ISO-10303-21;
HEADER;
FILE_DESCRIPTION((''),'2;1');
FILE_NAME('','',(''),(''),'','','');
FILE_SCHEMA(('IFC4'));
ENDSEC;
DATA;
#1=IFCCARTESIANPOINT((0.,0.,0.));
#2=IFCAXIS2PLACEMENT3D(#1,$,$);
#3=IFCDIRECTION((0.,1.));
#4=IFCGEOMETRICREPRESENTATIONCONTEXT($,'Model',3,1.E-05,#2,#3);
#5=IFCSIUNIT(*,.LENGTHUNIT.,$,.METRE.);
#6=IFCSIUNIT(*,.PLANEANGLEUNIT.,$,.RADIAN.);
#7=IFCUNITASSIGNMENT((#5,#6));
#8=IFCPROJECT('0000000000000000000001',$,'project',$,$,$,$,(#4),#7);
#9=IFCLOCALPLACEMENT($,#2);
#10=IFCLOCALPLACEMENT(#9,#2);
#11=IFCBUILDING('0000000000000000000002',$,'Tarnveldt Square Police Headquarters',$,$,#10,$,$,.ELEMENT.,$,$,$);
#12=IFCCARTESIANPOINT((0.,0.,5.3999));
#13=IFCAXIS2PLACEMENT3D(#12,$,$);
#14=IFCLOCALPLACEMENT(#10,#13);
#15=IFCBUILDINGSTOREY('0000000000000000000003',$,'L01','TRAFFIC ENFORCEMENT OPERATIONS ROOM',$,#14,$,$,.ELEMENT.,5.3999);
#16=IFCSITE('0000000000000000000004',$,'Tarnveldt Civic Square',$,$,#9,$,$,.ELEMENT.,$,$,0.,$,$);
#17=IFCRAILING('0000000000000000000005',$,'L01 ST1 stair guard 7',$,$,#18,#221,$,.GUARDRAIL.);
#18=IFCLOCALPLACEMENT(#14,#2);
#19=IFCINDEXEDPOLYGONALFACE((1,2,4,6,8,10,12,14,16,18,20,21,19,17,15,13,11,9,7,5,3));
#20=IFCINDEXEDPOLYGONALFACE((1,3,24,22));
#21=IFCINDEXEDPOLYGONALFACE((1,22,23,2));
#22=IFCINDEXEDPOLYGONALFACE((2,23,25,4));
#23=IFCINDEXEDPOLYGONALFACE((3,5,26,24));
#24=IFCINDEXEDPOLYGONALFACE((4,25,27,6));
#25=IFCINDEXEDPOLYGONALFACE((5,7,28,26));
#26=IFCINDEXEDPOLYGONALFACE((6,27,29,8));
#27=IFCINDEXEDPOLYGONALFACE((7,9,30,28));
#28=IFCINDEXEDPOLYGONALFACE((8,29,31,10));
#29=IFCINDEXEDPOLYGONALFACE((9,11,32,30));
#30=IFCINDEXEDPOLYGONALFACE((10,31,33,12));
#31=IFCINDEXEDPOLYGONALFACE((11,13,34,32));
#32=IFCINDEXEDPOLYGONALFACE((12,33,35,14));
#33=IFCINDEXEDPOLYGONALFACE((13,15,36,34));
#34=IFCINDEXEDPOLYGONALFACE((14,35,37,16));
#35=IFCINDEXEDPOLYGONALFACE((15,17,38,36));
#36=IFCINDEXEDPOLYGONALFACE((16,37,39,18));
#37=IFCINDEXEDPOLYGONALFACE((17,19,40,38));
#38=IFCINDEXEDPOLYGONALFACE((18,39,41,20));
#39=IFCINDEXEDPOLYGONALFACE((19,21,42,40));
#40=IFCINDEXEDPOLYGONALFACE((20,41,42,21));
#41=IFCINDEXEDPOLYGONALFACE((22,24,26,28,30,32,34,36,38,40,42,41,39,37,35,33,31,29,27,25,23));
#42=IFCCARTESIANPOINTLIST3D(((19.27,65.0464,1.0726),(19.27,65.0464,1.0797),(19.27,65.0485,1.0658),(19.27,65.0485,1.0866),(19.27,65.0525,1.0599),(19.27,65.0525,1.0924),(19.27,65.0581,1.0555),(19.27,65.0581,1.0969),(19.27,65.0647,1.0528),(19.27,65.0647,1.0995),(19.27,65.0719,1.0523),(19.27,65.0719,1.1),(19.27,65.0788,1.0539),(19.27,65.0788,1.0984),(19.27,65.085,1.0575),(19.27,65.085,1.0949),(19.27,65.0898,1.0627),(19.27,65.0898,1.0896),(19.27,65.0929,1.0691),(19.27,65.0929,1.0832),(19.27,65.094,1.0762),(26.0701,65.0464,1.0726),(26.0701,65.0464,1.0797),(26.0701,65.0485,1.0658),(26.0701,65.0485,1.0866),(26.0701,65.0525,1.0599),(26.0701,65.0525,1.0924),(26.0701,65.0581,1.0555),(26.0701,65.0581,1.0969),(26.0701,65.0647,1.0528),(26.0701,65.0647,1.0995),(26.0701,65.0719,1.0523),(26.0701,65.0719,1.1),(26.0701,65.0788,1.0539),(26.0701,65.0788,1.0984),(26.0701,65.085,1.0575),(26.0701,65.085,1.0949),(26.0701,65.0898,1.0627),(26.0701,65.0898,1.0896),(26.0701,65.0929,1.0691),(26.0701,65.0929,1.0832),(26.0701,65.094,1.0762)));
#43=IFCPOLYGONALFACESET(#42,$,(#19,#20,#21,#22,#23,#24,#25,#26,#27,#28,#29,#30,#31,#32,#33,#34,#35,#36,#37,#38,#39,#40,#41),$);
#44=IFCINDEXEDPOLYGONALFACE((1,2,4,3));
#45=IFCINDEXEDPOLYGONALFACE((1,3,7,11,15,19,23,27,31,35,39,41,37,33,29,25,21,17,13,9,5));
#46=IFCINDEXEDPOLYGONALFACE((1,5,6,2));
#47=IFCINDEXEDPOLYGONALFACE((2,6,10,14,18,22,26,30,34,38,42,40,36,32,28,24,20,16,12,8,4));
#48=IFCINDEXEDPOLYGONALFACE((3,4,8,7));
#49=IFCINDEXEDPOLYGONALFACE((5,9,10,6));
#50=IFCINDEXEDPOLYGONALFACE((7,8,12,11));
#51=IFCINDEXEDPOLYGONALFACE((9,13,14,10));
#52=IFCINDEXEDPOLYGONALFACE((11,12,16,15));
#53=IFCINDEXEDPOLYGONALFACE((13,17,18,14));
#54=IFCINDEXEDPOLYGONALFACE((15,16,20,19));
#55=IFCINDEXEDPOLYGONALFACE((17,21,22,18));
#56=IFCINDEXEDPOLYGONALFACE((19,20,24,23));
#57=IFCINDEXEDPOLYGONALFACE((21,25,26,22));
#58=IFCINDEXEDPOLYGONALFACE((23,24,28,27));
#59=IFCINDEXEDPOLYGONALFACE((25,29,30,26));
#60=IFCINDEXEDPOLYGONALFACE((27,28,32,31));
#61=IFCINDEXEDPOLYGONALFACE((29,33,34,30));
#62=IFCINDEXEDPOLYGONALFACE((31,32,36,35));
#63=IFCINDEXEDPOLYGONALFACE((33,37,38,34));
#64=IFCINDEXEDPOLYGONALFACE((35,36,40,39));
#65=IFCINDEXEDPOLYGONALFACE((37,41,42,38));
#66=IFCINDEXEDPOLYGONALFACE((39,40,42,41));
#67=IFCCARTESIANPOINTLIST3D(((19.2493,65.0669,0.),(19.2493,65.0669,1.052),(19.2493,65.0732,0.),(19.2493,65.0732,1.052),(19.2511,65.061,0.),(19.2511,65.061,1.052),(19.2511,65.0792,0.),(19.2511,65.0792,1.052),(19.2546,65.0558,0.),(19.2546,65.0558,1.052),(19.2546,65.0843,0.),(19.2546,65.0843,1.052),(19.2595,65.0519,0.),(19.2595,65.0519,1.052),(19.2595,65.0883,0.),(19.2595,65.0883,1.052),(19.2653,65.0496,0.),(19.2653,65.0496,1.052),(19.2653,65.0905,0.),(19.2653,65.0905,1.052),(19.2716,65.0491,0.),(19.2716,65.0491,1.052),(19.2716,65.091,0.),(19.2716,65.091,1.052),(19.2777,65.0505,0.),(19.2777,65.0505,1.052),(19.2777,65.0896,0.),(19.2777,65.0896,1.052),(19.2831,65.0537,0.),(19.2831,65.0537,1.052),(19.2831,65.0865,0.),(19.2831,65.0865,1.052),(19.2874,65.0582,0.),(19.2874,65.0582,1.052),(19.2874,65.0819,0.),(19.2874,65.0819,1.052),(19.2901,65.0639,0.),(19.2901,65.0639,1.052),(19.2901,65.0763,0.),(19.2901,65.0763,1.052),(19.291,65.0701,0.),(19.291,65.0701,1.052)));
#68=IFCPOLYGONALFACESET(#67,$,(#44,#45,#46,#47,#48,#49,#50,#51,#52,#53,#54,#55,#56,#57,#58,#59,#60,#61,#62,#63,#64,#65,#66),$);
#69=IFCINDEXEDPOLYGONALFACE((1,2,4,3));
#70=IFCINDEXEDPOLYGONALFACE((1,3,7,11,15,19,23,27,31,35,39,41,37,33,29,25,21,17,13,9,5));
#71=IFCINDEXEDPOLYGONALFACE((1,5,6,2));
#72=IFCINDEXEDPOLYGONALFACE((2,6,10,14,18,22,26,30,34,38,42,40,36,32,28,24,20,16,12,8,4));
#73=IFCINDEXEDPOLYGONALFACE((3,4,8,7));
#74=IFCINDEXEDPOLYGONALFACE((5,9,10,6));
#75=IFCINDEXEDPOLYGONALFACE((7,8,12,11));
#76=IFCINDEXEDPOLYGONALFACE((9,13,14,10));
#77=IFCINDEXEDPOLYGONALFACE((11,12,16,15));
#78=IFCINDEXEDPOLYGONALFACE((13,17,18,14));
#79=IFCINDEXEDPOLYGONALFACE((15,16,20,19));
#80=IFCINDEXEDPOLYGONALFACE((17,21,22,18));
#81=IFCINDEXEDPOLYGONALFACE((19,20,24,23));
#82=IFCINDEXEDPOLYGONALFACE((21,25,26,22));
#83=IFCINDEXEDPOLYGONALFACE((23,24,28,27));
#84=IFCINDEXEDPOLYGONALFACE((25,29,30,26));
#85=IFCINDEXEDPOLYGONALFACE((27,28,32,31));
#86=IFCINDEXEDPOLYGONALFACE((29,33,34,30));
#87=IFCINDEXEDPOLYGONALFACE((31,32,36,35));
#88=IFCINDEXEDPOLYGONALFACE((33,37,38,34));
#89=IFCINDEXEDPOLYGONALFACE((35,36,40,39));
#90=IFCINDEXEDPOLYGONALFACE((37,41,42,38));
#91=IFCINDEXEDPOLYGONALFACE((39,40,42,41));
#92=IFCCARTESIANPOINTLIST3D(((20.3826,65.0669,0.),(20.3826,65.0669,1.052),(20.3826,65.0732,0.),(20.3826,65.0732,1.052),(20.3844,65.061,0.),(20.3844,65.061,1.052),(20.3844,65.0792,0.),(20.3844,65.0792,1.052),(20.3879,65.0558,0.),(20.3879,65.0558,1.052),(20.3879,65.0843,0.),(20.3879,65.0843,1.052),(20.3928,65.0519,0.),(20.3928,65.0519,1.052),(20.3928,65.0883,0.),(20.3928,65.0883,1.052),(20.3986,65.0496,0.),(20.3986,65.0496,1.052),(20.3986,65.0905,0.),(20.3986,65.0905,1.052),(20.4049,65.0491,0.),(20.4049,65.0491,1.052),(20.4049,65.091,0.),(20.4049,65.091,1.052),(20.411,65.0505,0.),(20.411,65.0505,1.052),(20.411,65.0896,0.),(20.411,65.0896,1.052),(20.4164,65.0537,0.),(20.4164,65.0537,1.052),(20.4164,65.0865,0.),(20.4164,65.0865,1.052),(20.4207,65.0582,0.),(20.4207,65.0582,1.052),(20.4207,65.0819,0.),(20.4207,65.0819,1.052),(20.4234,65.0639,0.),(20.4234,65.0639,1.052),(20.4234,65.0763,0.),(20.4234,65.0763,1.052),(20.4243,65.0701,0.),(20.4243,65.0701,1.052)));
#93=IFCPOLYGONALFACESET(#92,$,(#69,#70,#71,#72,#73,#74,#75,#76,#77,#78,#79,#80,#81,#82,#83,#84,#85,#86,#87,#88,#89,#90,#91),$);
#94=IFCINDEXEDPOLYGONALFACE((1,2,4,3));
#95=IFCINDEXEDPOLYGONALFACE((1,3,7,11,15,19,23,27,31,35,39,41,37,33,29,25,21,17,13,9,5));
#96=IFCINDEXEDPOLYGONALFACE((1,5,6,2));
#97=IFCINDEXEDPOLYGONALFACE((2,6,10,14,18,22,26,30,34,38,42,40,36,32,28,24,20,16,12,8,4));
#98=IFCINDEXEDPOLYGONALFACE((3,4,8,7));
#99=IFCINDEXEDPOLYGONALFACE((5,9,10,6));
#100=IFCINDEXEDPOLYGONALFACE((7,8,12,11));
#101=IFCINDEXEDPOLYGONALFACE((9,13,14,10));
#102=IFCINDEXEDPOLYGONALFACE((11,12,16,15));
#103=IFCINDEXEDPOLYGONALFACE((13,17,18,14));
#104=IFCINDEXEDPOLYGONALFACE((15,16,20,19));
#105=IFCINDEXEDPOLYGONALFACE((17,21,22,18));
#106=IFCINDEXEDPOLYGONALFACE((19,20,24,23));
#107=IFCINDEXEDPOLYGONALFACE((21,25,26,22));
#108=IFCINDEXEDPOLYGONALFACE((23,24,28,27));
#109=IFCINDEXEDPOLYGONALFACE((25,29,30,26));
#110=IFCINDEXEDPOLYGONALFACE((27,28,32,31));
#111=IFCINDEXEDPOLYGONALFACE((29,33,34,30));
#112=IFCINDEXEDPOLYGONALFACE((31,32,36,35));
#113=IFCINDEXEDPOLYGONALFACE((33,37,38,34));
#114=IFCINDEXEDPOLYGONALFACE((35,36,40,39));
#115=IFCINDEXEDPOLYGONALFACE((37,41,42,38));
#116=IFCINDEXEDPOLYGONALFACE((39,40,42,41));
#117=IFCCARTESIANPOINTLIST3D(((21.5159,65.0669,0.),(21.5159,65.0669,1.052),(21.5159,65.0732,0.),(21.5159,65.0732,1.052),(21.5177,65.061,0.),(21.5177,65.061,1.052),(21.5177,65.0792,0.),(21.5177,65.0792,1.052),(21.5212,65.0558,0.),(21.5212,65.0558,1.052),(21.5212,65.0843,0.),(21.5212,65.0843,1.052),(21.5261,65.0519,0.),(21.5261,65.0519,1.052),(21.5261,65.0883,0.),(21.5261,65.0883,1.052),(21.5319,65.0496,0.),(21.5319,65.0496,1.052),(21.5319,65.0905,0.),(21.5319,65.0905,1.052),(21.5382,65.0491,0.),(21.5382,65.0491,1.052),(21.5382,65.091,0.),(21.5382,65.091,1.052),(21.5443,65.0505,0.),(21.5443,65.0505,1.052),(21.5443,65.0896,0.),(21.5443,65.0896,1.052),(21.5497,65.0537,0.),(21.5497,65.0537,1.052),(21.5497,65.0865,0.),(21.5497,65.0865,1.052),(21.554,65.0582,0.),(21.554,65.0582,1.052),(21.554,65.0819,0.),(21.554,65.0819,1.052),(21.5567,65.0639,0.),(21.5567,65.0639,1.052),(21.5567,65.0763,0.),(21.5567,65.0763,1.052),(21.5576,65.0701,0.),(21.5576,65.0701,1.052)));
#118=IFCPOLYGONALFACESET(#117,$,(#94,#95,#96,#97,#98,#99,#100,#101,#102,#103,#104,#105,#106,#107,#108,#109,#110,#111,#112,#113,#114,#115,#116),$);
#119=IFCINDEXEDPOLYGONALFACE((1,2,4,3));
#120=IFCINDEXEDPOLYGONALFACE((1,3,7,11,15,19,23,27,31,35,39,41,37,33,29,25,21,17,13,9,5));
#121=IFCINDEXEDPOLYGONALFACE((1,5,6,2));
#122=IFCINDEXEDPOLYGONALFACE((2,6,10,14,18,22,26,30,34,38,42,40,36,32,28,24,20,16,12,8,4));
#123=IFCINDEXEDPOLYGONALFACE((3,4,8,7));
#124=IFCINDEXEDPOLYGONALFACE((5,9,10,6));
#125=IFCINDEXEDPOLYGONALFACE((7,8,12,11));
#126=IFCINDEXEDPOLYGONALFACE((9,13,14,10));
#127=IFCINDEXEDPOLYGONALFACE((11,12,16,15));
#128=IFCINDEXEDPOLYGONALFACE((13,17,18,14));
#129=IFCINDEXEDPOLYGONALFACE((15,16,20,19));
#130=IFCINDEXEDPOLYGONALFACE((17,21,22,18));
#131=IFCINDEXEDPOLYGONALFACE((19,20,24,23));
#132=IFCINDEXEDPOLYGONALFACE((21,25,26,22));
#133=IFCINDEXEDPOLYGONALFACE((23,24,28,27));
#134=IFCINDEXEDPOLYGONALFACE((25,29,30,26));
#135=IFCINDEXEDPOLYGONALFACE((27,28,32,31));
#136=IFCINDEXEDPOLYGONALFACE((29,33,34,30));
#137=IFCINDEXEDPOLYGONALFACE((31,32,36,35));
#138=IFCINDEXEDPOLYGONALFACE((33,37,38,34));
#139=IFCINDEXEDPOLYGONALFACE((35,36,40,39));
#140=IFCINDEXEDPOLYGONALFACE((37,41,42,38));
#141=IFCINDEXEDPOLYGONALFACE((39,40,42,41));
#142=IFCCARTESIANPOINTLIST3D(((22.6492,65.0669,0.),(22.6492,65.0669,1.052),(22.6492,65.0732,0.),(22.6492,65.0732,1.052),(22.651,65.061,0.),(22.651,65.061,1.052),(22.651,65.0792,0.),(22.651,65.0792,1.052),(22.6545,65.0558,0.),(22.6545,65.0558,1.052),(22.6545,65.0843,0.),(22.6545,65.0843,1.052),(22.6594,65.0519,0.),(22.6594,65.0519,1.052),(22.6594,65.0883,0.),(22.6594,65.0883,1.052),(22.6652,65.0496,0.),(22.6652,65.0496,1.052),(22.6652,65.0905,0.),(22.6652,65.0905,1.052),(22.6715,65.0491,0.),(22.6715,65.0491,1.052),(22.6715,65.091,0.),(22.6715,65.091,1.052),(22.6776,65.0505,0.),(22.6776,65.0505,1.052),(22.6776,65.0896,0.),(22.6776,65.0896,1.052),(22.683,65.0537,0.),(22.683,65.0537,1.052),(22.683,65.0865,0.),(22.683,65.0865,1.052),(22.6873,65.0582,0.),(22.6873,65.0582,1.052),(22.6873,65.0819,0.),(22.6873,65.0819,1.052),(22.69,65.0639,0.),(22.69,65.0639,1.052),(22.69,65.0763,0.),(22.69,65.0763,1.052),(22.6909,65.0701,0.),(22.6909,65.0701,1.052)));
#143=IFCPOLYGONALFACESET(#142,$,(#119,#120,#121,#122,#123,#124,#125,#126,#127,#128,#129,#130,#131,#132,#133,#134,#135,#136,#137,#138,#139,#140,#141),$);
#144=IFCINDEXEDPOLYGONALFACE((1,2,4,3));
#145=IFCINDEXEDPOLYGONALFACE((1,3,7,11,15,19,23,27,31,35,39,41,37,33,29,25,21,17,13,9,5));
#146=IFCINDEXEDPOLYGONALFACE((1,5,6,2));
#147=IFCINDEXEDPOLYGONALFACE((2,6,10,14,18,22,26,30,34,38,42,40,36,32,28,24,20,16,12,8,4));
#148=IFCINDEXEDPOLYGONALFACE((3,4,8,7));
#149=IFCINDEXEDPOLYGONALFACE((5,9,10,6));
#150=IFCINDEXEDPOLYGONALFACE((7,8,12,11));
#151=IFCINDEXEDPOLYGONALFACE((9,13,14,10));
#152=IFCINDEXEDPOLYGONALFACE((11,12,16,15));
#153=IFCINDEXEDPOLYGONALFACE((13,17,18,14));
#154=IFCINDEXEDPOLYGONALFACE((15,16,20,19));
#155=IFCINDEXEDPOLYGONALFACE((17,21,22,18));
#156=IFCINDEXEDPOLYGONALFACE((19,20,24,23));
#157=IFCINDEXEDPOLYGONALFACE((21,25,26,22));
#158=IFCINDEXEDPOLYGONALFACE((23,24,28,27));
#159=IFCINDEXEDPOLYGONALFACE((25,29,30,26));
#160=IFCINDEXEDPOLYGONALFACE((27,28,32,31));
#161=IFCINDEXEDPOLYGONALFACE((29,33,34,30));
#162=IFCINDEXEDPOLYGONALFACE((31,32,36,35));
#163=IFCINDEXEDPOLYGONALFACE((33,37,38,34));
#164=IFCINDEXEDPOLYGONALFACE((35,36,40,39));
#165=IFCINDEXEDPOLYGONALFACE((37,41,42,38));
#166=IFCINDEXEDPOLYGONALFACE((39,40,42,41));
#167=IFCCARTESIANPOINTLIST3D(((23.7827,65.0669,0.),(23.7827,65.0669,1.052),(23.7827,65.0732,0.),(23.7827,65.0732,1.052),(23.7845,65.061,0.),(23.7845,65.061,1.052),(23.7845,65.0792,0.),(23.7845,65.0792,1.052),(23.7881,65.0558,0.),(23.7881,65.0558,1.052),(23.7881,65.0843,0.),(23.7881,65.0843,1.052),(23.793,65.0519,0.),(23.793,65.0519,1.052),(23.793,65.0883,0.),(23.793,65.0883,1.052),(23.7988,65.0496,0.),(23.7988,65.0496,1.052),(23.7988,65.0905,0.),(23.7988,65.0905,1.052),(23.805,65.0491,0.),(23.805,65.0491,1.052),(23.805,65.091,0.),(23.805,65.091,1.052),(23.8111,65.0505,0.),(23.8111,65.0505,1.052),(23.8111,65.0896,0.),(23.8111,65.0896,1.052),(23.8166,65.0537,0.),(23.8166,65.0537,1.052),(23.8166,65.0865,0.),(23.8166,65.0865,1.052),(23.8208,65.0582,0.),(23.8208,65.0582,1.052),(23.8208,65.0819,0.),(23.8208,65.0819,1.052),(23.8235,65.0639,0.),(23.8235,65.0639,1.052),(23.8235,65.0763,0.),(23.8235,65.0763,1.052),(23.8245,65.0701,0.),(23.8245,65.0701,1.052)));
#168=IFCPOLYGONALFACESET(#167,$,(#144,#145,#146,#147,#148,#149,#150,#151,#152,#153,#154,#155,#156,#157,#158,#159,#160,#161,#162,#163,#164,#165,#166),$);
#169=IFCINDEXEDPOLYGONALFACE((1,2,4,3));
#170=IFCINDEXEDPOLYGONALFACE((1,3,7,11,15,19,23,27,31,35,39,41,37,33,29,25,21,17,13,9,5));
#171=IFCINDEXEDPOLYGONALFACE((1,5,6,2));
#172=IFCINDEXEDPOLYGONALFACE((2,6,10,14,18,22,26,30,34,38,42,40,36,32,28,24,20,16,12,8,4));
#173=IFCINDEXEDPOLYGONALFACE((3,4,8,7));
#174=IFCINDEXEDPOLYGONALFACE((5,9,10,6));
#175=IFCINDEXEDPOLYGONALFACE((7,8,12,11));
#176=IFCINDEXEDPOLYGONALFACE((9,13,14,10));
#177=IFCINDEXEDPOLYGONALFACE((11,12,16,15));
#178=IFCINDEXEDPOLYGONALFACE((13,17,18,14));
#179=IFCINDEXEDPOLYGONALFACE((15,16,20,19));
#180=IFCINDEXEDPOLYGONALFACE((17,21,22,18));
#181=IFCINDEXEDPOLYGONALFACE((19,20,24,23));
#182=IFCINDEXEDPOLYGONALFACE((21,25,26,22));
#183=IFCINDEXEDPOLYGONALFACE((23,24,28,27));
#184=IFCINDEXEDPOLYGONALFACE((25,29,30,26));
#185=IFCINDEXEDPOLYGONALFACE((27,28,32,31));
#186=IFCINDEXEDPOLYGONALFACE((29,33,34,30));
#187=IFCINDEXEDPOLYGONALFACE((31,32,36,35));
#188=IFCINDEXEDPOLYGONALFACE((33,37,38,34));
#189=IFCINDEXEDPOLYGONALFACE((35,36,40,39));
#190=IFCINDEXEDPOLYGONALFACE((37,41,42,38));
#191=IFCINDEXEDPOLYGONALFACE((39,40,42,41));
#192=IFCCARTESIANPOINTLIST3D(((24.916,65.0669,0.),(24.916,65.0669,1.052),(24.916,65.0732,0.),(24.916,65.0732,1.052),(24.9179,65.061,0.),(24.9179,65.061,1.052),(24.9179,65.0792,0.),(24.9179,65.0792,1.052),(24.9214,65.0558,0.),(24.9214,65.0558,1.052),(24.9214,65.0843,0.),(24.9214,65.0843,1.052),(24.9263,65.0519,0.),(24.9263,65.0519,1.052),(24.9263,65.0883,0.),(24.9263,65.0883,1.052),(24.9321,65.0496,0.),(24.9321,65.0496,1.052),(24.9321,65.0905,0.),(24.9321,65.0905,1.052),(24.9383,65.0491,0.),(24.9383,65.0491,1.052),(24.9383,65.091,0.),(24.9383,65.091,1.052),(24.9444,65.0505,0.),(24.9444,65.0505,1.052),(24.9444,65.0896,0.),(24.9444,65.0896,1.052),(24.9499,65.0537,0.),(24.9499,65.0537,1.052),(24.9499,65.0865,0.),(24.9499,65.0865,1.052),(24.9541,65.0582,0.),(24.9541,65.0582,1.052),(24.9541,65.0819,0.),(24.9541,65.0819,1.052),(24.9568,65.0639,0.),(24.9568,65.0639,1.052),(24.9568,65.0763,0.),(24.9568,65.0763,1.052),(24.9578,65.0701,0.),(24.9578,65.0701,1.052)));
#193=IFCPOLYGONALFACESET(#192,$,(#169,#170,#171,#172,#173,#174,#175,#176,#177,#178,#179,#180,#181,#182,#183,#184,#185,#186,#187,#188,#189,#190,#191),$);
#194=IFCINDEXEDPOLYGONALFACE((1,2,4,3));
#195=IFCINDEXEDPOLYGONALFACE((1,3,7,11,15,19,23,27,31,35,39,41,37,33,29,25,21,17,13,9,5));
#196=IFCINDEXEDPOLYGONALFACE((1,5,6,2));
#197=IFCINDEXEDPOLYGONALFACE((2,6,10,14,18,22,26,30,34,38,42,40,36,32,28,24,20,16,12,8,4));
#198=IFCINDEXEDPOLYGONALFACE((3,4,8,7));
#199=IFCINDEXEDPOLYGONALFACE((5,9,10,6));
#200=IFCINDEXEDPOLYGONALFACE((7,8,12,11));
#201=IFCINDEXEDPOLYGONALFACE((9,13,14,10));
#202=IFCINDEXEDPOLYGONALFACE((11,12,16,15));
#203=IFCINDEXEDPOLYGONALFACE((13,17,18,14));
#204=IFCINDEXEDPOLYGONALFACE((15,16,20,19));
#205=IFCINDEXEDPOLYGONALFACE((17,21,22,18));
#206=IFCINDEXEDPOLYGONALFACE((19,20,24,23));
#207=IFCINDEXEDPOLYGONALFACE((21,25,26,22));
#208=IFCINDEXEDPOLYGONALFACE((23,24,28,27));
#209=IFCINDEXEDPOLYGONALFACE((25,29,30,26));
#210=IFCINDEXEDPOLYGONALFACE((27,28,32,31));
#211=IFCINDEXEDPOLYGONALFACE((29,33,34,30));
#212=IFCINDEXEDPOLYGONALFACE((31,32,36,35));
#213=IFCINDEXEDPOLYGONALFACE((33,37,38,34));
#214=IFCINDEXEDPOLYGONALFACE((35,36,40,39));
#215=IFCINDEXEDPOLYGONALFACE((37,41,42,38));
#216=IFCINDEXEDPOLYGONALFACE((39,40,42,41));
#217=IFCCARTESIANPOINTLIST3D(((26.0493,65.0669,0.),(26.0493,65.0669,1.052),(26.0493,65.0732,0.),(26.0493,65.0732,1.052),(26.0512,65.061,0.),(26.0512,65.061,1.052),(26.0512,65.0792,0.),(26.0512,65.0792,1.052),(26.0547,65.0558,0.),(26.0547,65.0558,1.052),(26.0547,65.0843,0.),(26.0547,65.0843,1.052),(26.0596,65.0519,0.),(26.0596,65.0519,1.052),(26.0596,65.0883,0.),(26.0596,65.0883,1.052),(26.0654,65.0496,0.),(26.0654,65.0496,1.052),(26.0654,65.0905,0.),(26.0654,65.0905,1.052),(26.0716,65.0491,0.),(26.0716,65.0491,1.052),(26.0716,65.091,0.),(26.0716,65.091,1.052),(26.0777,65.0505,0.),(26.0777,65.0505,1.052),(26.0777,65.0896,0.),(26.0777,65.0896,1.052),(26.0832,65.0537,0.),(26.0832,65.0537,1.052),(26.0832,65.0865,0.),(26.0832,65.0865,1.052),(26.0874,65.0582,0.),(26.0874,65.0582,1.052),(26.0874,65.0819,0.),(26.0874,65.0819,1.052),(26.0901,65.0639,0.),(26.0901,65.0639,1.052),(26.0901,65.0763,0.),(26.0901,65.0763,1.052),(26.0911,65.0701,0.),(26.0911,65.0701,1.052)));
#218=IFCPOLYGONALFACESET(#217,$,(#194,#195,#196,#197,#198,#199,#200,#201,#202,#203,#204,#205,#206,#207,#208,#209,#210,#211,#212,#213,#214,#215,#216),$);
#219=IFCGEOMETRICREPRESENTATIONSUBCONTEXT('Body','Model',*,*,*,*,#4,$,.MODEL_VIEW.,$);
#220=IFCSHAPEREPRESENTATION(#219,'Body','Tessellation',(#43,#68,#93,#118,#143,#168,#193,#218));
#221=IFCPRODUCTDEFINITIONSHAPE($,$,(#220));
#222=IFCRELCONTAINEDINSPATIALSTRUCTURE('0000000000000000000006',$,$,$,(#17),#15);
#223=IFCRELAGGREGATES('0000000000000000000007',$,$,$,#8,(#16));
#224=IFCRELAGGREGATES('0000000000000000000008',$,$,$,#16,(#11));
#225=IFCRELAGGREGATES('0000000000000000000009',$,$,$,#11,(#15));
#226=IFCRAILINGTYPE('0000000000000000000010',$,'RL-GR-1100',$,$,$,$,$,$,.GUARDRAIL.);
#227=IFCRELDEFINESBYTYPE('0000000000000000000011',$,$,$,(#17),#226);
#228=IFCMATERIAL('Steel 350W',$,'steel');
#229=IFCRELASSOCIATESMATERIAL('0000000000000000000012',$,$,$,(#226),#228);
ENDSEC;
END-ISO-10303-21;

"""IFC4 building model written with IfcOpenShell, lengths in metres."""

from ifc_helpers import new_model, si_unit, direction, frame, origin, origin_2d, place, context, subcontext, project, spatial, circle, extrude, material, type_object, element, save


model = new_model("IFC4")

# Units and contexts
model_context = context("Model", 3, precision=1e-05, world=origin(), true_north=direction((0.0, 1.0)))
body_context = subcontext(model_context, "Body", "Model", "MODEL_VIEW")
ifc_project = project(units=[si_unit("LENGTHUNIT", "METRE"), si_unit("PLANEANGLEUNIT", "RADIAN")], contexts=[model_context])

# Site, building, storey
site_placement = place(None, origin())
site = spatial("IfcSite", under=ifc_project, at=site_placement, Name="Tarnveldt Civic Square", CompositionType="ELEMENT", RefElevation=0.0)
building_placement = place(site_placement, origin())
building = spatial("IfcBuilding", under=site, at=building_placement, Name="Tarnveldt Square Police Headquarters", CompositionType="ELEMENT")
storey_placement = place(building_placement, frame((0.0, 0.0, 5.3999)))
storey = spatial("IfcBuildingStorey", under=building, at=storey_placement, Name="L01", Description="TRAFFIC ENFORCEMENT OPERATIONS ROOM", CompositionType="ELEMENT", Elevation=5.3999)

# Shared definitions
ifc_material_1 = material(Name="Steel 350W", Category="steel")

# Railing
railing_type_1 = type_object("IfcRailingType", Name="RL-GR-1100", PredefinedType="GUARDRAIL", material=ifc_material_1)
railing_1_placement = place(storey_placement, frame((19.27, 65.0701, 0.0)))
element("IfcRailing", 1, at=railing_1_placement, inside=storey, type_object=railing_type_1, Name="L01 ST1 stair guard 7", PredefinedType="GUARDRAIL", context=body_context, shape_type="SweptSolid", body=[
    extrude(circle(Radius=0.0239, at=origin_2d()), frame((0.0, 0.0, 1.0762), z_axis=(1.0, 0.0, 0.0), x_axis=(0.0, 1.0, 0.0)), (0.0, 0.0, 1.0), 6.8),
    extrude(circle(Radius=0.021, at=origin_2d()), origin(), (0.0, 0.0, 1.0), 1.052),
    extrude(circle(Radius=0.021, at=origin_2d()), frame((1.1333, 0.0, 0.0)), (0.0, 0.0, 1.0), 1.052),
    extrude(circle(Radius=0.021, at=origin_2d()), frame((2.2666, 0.0, 0.0)), (0.0, 0.0, 1.0), 1.052),
    extrude(circle(Radius=0.021, at=origin_2d()), frame((3.3999, 0.0, 0.0)), (0.0, 0.0, 1.0), 1.052),
    extrude(circle(Radius=0.021, at=origin_2d()), frame((4.5334, 0.0, 0.0)), (0.0, 0.0, 1.0), 1.052),
    extrude(circle(Radius=0.021, at=origin_2d()), frame((5.6667, 0.0, 0.0)), (0.0, 0.0, 1.0), 1.052),
    extrude(circle(Radius=0.021, at=origin_2d()), frame((6.8, 0.0, 0.0)), (0.0, 0.0, 1.0), 1.052),
])

save(model, "model.ifc")
